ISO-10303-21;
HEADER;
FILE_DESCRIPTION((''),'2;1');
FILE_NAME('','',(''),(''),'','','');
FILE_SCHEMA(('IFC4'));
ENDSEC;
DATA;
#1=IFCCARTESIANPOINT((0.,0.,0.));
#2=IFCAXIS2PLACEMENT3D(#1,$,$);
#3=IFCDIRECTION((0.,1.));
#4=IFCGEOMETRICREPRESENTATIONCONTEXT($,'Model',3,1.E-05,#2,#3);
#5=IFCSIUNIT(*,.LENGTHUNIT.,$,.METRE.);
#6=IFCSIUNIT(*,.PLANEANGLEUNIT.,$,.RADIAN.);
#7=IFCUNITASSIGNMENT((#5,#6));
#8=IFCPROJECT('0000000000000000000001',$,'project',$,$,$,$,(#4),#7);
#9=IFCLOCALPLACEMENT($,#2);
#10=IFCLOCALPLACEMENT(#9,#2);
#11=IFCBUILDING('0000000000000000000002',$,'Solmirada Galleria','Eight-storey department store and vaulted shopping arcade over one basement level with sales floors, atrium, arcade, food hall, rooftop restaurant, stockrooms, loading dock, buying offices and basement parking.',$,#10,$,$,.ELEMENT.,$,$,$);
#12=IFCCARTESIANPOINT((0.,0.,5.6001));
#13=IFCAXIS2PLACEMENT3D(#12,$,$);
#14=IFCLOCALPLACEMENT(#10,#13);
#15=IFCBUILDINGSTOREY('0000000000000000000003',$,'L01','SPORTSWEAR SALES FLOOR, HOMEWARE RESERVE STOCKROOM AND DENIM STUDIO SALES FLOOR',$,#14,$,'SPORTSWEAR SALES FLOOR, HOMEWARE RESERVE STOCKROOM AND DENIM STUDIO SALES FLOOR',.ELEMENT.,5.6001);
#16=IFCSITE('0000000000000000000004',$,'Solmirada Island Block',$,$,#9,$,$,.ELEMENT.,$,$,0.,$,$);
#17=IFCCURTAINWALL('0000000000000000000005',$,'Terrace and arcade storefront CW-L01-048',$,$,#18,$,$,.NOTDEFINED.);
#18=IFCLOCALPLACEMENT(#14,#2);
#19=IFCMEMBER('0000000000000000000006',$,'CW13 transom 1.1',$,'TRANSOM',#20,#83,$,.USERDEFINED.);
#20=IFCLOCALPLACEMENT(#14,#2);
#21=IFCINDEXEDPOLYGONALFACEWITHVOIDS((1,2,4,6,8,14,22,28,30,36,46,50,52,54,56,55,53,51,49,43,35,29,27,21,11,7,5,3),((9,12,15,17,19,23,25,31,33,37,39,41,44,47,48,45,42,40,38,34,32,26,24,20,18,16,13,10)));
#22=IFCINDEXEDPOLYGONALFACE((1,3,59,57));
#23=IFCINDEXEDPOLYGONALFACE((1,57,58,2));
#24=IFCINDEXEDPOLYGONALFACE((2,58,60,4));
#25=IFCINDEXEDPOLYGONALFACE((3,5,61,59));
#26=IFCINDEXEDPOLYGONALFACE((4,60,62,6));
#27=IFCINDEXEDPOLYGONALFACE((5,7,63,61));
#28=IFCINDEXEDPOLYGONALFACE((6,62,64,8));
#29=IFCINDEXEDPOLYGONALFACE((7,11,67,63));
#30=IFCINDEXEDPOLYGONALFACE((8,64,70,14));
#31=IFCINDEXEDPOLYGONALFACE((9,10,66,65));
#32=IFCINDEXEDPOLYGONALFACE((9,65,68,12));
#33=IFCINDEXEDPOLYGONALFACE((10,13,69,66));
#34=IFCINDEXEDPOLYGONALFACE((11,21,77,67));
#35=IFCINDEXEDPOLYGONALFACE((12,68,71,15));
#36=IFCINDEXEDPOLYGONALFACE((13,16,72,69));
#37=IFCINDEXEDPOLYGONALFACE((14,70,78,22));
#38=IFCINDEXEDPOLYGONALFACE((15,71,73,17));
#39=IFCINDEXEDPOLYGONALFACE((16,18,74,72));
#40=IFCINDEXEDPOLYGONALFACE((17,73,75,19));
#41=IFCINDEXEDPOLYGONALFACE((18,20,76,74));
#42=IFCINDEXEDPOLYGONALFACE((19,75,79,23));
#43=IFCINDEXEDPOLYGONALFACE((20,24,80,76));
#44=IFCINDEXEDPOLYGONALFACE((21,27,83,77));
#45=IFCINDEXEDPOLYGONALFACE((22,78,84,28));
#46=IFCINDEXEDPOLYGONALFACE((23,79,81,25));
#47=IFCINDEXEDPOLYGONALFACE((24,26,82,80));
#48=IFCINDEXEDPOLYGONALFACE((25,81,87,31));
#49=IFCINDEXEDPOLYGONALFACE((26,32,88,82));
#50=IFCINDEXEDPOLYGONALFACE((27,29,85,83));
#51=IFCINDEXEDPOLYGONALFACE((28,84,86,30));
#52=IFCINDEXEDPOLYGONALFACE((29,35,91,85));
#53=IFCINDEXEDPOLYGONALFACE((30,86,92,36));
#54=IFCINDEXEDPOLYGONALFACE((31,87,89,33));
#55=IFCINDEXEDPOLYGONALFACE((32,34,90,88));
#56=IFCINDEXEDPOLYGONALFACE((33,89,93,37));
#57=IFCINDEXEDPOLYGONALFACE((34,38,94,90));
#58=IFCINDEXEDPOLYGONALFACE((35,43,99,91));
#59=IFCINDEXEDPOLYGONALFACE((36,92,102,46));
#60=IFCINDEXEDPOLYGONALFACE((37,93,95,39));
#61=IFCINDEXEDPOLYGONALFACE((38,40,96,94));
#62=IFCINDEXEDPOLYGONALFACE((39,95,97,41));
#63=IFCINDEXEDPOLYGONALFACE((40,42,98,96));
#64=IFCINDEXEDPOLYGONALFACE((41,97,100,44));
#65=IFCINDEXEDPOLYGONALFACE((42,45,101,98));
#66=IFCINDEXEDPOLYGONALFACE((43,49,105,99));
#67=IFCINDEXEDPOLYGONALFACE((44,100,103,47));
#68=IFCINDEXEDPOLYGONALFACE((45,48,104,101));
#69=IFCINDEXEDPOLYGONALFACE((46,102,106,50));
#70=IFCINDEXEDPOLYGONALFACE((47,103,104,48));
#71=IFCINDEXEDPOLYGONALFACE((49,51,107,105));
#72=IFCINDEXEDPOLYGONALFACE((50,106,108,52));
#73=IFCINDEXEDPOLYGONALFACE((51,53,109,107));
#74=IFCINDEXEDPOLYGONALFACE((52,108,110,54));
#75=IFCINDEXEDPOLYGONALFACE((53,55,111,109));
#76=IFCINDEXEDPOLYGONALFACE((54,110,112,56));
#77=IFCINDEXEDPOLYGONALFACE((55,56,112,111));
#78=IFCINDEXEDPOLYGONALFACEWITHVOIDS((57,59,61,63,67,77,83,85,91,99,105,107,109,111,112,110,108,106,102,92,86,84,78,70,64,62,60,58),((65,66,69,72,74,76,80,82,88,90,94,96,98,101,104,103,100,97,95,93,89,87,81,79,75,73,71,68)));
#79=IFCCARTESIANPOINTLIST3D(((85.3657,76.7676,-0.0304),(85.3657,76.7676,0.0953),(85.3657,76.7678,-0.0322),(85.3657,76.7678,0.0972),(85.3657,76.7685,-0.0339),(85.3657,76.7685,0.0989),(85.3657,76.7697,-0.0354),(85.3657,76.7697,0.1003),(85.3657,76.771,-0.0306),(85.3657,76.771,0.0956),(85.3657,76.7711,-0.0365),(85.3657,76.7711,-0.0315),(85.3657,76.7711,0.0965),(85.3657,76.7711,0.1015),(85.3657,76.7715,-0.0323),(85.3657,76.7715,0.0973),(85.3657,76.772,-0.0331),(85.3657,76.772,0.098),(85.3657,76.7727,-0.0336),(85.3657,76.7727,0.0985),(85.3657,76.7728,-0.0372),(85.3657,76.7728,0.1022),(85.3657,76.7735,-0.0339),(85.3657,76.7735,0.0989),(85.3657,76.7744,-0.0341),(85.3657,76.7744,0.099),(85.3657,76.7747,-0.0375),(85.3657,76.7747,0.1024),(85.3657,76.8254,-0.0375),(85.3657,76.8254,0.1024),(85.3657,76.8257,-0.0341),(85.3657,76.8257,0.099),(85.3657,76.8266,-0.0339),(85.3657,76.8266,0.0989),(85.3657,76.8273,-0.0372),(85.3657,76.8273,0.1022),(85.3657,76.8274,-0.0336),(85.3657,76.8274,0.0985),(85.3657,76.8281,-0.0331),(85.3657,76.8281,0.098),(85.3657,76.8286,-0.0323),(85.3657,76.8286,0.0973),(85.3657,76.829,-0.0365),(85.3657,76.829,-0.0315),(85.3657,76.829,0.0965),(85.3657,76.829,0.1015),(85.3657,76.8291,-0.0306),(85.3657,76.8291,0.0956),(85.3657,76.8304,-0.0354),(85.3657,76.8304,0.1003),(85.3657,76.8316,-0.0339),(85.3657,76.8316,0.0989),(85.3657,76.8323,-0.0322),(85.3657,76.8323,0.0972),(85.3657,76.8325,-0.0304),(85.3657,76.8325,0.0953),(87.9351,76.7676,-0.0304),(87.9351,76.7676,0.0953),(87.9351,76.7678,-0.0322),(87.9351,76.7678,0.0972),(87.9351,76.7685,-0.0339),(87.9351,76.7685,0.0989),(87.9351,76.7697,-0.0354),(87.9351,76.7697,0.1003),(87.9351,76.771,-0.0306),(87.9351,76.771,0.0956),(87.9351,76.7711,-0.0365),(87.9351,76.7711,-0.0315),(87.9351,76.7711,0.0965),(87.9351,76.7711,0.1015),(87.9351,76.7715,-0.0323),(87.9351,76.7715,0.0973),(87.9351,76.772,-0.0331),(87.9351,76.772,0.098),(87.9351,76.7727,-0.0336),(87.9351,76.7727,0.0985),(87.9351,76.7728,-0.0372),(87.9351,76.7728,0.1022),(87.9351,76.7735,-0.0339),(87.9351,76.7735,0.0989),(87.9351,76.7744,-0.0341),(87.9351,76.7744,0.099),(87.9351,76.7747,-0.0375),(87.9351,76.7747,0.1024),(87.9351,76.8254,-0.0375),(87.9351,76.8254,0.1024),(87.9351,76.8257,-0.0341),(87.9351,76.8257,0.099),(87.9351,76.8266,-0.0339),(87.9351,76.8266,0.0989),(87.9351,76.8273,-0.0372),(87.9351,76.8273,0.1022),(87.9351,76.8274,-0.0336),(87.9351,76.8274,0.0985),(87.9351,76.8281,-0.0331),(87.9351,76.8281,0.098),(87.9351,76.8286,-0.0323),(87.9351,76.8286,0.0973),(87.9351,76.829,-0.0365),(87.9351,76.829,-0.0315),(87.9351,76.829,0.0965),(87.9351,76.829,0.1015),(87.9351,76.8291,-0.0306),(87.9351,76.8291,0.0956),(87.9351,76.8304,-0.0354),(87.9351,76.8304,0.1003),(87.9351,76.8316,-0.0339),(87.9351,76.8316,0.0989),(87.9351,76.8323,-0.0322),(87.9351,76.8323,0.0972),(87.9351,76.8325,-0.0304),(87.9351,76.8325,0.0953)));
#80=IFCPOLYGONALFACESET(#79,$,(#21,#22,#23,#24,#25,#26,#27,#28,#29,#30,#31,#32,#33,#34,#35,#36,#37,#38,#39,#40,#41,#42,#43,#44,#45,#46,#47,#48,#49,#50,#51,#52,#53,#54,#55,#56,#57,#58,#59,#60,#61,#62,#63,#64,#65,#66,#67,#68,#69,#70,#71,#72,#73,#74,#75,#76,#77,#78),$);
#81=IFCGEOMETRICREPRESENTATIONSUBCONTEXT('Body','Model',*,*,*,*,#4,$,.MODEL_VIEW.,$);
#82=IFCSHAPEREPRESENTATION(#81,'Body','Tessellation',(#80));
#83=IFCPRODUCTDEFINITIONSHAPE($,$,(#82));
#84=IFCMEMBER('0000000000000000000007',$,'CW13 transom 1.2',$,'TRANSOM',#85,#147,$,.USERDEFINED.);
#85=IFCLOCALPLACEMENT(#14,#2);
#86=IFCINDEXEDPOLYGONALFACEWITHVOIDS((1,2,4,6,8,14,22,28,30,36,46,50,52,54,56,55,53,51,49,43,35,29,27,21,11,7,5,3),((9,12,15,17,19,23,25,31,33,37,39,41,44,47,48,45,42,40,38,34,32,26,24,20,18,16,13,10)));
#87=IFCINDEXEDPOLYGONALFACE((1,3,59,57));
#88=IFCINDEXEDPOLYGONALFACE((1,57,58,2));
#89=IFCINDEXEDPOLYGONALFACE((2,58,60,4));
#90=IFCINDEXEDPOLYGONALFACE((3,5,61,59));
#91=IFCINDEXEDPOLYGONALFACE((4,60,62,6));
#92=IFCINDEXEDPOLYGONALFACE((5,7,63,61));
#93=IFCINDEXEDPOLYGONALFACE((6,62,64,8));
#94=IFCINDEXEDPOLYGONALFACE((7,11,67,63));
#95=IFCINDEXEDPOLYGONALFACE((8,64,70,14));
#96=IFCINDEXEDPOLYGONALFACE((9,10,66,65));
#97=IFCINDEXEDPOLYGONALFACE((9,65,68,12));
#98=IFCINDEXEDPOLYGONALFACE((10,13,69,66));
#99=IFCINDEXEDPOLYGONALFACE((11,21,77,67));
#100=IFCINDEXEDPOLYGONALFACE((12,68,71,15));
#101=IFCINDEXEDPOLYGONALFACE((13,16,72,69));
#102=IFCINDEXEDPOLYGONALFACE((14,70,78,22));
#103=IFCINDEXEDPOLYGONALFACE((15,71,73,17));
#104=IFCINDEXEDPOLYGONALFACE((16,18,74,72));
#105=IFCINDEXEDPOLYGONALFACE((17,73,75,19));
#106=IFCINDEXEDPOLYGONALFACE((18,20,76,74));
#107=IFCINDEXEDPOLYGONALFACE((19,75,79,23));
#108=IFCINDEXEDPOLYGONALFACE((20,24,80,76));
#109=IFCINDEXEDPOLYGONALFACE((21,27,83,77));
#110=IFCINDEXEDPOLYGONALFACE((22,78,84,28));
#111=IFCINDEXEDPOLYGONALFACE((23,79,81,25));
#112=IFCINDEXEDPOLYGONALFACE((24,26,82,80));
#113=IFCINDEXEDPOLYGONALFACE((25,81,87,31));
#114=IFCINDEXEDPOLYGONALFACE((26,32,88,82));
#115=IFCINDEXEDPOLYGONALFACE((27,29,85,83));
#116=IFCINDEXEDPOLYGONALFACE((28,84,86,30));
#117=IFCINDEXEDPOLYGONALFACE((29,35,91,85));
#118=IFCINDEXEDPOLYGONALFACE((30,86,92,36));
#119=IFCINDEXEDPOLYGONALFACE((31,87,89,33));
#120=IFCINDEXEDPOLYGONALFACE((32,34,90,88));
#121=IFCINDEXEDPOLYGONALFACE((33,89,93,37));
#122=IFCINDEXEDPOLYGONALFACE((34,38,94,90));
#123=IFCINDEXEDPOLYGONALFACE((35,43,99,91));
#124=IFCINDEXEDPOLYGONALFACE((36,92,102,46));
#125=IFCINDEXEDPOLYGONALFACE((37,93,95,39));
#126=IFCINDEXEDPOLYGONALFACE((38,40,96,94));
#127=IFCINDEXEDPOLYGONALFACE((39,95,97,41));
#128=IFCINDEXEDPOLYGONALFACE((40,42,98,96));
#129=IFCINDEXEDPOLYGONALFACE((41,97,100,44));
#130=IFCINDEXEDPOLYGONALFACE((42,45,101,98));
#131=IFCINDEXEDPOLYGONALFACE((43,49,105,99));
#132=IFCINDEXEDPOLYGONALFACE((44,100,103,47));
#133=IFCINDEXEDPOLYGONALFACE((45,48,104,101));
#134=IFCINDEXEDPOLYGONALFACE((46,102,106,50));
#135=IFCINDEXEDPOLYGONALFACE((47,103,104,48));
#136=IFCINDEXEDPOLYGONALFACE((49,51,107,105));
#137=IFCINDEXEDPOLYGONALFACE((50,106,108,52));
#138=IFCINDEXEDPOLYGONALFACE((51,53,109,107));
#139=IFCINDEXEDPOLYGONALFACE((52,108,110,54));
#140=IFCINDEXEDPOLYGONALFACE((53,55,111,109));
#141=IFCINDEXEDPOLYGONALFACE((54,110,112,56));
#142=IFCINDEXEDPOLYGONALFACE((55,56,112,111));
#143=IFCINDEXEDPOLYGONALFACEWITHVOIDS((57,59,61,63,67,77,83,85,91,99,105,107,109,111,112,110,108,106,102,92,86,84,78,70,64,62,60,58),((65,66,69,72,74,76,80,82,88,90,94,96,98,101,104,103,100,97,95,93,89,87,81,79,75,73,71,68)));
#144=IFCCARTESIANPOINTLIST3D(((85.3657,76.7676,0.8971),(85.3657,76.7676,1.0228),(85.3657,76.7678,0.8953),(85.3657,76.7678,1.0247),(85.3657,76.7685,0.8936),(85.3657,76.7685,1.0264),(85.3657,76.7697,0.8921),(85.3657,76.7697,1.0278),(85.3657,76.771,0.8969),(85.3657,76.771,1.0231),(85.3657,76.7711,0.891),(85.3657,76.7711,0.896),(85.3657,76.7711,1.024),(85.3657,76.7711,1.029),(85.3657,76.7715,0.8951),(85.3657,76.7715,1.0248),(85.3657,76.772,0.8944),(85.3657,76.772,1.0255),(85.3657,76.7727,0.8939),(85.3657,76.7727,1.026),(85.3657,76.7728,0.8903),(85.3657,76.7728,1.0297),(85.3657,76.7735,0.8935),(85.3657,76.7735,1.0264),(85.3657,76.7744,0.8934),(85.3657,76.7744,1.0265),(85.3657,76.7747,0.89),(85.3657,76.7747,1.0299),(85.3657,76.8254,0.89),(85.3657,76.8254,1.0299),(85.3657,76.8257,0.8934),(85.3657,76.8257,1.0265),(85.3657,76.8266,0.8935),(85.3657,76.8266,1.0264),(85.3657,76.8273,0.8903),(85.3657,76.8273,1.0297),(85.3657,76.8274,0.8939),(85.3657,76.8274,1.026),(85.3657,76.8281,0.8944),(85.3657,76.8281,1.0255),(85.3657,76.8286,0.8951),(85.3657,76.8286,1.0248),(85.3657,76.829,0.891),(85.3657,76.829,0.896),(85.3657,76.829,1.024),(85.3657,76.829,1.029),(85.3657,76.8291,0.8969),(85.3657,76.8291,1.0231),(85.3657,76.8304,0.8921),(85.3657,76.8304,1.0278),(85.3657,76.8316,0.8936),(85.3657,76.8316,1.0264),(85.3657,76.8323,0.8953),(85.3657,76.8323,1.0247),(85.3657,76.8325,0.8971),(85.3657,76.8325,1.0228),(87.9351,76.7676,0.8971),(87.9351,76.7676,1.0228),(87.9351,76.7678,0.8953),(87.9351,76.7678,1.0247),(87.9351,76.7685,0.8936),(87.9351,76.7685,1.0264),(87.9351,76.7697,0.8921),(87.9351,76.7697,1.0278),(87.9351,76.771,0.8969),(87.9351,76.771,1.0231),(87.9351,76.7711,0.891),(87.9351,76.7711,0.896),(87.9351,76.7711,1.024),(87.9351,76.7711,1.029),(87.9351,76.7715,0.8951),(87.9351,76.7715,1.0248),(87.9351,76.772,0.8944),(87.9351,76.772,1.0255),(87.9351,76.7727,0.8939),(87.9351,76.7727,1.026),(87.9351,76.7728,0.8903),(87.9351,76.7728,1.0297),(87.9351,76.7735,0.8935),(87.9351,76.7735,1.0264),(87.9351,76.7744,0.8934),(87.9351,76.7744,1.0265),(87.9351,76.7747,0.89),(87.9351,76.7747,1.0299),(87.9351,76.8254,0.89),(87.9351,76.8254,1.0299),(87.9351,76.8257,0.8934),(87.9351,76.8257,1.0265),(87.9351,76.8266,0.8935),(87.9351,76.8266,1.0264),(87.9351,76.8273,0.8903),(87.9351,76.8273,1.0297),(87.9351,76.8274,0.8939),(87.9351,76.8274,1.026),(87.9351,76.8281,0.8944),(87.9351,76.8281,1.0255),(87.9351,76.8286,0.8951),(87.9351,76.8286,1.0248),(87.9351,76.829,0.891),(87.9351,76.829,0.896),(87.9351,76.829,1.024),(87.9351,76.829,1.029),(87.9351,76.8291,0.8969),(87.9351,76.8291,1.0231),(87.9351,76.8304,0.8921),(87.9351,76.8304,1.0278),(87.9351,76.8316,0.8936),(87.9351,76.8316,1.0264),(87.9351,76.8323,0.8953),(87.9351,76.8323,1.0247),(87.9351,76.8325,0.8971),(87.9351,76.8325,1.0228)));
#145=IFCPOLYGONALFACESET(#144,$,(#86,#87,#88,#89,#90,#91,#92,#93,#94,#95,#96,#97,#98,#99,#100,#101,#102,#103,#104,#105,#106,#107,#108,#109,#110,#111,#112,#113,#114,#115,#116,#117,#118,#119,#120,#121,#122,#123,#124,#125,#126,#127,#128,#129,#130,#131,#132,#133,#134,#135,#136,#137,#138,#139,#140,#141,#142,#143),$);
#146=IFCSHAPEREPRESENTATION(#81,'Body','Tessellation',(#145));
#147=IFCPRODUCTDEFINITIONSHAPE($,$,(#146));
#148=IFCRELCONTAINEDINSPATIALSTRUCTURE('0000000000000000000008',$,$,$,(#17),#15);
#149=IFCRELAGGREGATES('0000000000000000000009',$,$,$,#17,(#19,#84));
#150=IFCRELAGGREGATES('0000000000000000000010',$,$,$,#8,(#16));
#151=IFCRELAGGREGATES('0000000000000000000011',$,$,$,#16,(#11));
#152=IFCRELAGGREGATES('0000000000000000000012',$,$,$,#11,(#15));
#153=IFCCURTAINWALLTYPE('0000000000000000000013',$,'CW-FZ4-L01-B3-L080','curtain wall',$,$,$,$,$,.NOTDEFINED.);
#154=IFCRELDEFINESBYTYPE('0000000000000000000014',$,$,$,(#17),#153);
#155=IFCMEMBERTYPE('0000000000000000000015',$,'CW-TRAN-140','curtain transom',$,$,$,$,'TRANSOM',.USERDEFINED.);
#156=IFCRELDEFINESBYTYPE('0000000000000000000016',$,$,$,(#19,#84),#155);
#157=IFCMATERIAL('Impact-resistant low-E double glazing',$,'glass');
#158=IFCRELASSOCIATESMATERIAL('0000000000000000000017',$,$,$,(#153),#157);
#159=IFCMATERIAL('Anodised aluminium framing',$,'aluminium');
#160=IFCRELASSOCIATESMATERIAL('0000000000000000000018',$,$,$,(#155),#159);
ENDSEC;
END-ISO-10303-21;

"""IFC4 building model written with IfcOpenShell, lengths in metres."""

from ifc_helpers import new_model, si_unit, direction, frame, origin, origin_2d, place, context, subcontext, project, spatial, hollow_rectangle, extrude, material, material_profile, profile_set, type_object, element, aggregate, save


model = new_model("IFC4")

# Units and contexts
model_context = context("Model", 3, precision=1e-05, world=origin(), true_north=direction((0.0, 1.0)))
body_context = subcontext(model_context, "Body", "Model", "MODEL_VIEW")
ifc_project = project(units=[si_unit("LENGTHUNIT", "METRE"), si_unit("PLANEANGLEUNIT", "RADIAN")], contexts=[model_context])

# Site, building, storey
site_placement = place(None, origin())
site = spatial("IfcSite", under=ifc_project, at=site_placement, Name="Solmirada Island Block", CompositionType="ELEMENT", RefElevation=0.0)
building_placement = place(site_placement, origin())
building = spatial("IfcBuilding", under=site, at=building_placement, Name="Solmirada Galleria", Description="Eight-storey department store and vaulted shopping arcade over one basement level with sales floors, atrium, arcade, food hall, rooftop restaurant, stockrooms, loading dock, buying offices and basement parking.", CompositionType="ELEMENT")
storey_placement = place(building_placement, frame((0.0, 0.0, 5.6001)))
storey = spatial("IfcBuildingStorey", under=building, at=storey_placement, Name="L01", Description="SPORTSWEAR SALES FLOOR, HOMEWARE RESERVE STOCKROOM AND DENIM STUDIO SALES FLOOR", LongName="SPORTSWEAR SALES FLOOR, HOMEWARE RESERVE STOCKROOM AND DENIM STUDIO SALES FLOOR", CompositionType="ELEMENT", Elevation=5.6001)

# Curtain wall, members
ifc_material_1 = material(Name="Impact-resistant low-E double glazing", Category="glass")
curtain_wall_type = type_object("IfcCurtainWallType", Name="CW-FZ4-L01-B3-L080", Description="curtain wall", PredefinedType="NOTDEFINED", material=ifc_material_1)
curtain_wall_placement = place(storey_placement, origin())
curtain_wall = element("IfcCurtainWall", 1, at=curtain_wall_placement, inside=storey, type_object=curtain_wall_type, Name="Terrace and arcade storefront CW-L01-048", PredefinedType="NOTDEFINED")
ifc_material_2 = material(Name="Anodised aluminium framing", Category="aluminium")
ifc_material_profile_1 = material_profile(ifc_material_2, hollow_rectangle(XDim=0.0649, YDim=0.1399, WallThickness=0.0034, InnerFilletRadius=0.0034, OuterFilletRadius=0.0071, at=origin_2d()), Name="ALU-TRAN-140X65")
ifc_profile_set_1 = profile_set([ifc_material_profile_1], Name="Anodised aluminium framing")
member_type_1 = type_object("IfcMemberType", Name="CW-TRAN-140", Description="curtain transom", ElementType="TRANSOM", PredefinedType="USERDEFINED", material=ifc_profile_set_1)
member_1_placement = place(storey_placement, frame((87.9351, 76.8, 0.0325), z_axis=(-1.0, 0.0, 0.0), x_axis=(0.0, -1.0, 0.0)))
member_1 = element("IfcMember", 2, at=member_1_placement, type_object=member_type_1, Name="CW13 transom 1.1", ObjectType="TRANSOM", PredefinedType="USERDEFINED", context=body_context, shape_type="SweptSolid", body=[
    extrude(hollow_rectangle(XDim=0.0649, YDim=0.1399, WallThickness=0.0034, InnerFilletRadius=0.0034, OuterFilletRadius=0.0071, at=origin_2d()), origin(), (0.0, 0.0, 1.0), 2.5693),
])
member_2_placement = place(storey_placement, frame((87.9351, 76.8, 0.96), z_axis=(-1.0, 0.0, 0.0), x_axis=(0.0, -1.0, 0.0)))
member_2 = element("IfcMember", 3, at=member_2_placement, type_object=member_type_1, Name="CW13 transom 1.2", ObjectType="TRANSOM", PredefinedType="USERDEFINED", context=body_context, shape_type="SweptSolid", body=[
    extrude(hollow_rectangle(XDim=0.0649, YDim=0.1399, WallThickness=0.0034, InnerFilletRadius=0.0034, OuterFilletRadius=0.0071, at=origin_2d()), origin(), (0.0, 0.0, 1.0), 2.5693),
])
aggregate(curtain_wall, [member_1, member_2])

save(model, "model.ifc")
